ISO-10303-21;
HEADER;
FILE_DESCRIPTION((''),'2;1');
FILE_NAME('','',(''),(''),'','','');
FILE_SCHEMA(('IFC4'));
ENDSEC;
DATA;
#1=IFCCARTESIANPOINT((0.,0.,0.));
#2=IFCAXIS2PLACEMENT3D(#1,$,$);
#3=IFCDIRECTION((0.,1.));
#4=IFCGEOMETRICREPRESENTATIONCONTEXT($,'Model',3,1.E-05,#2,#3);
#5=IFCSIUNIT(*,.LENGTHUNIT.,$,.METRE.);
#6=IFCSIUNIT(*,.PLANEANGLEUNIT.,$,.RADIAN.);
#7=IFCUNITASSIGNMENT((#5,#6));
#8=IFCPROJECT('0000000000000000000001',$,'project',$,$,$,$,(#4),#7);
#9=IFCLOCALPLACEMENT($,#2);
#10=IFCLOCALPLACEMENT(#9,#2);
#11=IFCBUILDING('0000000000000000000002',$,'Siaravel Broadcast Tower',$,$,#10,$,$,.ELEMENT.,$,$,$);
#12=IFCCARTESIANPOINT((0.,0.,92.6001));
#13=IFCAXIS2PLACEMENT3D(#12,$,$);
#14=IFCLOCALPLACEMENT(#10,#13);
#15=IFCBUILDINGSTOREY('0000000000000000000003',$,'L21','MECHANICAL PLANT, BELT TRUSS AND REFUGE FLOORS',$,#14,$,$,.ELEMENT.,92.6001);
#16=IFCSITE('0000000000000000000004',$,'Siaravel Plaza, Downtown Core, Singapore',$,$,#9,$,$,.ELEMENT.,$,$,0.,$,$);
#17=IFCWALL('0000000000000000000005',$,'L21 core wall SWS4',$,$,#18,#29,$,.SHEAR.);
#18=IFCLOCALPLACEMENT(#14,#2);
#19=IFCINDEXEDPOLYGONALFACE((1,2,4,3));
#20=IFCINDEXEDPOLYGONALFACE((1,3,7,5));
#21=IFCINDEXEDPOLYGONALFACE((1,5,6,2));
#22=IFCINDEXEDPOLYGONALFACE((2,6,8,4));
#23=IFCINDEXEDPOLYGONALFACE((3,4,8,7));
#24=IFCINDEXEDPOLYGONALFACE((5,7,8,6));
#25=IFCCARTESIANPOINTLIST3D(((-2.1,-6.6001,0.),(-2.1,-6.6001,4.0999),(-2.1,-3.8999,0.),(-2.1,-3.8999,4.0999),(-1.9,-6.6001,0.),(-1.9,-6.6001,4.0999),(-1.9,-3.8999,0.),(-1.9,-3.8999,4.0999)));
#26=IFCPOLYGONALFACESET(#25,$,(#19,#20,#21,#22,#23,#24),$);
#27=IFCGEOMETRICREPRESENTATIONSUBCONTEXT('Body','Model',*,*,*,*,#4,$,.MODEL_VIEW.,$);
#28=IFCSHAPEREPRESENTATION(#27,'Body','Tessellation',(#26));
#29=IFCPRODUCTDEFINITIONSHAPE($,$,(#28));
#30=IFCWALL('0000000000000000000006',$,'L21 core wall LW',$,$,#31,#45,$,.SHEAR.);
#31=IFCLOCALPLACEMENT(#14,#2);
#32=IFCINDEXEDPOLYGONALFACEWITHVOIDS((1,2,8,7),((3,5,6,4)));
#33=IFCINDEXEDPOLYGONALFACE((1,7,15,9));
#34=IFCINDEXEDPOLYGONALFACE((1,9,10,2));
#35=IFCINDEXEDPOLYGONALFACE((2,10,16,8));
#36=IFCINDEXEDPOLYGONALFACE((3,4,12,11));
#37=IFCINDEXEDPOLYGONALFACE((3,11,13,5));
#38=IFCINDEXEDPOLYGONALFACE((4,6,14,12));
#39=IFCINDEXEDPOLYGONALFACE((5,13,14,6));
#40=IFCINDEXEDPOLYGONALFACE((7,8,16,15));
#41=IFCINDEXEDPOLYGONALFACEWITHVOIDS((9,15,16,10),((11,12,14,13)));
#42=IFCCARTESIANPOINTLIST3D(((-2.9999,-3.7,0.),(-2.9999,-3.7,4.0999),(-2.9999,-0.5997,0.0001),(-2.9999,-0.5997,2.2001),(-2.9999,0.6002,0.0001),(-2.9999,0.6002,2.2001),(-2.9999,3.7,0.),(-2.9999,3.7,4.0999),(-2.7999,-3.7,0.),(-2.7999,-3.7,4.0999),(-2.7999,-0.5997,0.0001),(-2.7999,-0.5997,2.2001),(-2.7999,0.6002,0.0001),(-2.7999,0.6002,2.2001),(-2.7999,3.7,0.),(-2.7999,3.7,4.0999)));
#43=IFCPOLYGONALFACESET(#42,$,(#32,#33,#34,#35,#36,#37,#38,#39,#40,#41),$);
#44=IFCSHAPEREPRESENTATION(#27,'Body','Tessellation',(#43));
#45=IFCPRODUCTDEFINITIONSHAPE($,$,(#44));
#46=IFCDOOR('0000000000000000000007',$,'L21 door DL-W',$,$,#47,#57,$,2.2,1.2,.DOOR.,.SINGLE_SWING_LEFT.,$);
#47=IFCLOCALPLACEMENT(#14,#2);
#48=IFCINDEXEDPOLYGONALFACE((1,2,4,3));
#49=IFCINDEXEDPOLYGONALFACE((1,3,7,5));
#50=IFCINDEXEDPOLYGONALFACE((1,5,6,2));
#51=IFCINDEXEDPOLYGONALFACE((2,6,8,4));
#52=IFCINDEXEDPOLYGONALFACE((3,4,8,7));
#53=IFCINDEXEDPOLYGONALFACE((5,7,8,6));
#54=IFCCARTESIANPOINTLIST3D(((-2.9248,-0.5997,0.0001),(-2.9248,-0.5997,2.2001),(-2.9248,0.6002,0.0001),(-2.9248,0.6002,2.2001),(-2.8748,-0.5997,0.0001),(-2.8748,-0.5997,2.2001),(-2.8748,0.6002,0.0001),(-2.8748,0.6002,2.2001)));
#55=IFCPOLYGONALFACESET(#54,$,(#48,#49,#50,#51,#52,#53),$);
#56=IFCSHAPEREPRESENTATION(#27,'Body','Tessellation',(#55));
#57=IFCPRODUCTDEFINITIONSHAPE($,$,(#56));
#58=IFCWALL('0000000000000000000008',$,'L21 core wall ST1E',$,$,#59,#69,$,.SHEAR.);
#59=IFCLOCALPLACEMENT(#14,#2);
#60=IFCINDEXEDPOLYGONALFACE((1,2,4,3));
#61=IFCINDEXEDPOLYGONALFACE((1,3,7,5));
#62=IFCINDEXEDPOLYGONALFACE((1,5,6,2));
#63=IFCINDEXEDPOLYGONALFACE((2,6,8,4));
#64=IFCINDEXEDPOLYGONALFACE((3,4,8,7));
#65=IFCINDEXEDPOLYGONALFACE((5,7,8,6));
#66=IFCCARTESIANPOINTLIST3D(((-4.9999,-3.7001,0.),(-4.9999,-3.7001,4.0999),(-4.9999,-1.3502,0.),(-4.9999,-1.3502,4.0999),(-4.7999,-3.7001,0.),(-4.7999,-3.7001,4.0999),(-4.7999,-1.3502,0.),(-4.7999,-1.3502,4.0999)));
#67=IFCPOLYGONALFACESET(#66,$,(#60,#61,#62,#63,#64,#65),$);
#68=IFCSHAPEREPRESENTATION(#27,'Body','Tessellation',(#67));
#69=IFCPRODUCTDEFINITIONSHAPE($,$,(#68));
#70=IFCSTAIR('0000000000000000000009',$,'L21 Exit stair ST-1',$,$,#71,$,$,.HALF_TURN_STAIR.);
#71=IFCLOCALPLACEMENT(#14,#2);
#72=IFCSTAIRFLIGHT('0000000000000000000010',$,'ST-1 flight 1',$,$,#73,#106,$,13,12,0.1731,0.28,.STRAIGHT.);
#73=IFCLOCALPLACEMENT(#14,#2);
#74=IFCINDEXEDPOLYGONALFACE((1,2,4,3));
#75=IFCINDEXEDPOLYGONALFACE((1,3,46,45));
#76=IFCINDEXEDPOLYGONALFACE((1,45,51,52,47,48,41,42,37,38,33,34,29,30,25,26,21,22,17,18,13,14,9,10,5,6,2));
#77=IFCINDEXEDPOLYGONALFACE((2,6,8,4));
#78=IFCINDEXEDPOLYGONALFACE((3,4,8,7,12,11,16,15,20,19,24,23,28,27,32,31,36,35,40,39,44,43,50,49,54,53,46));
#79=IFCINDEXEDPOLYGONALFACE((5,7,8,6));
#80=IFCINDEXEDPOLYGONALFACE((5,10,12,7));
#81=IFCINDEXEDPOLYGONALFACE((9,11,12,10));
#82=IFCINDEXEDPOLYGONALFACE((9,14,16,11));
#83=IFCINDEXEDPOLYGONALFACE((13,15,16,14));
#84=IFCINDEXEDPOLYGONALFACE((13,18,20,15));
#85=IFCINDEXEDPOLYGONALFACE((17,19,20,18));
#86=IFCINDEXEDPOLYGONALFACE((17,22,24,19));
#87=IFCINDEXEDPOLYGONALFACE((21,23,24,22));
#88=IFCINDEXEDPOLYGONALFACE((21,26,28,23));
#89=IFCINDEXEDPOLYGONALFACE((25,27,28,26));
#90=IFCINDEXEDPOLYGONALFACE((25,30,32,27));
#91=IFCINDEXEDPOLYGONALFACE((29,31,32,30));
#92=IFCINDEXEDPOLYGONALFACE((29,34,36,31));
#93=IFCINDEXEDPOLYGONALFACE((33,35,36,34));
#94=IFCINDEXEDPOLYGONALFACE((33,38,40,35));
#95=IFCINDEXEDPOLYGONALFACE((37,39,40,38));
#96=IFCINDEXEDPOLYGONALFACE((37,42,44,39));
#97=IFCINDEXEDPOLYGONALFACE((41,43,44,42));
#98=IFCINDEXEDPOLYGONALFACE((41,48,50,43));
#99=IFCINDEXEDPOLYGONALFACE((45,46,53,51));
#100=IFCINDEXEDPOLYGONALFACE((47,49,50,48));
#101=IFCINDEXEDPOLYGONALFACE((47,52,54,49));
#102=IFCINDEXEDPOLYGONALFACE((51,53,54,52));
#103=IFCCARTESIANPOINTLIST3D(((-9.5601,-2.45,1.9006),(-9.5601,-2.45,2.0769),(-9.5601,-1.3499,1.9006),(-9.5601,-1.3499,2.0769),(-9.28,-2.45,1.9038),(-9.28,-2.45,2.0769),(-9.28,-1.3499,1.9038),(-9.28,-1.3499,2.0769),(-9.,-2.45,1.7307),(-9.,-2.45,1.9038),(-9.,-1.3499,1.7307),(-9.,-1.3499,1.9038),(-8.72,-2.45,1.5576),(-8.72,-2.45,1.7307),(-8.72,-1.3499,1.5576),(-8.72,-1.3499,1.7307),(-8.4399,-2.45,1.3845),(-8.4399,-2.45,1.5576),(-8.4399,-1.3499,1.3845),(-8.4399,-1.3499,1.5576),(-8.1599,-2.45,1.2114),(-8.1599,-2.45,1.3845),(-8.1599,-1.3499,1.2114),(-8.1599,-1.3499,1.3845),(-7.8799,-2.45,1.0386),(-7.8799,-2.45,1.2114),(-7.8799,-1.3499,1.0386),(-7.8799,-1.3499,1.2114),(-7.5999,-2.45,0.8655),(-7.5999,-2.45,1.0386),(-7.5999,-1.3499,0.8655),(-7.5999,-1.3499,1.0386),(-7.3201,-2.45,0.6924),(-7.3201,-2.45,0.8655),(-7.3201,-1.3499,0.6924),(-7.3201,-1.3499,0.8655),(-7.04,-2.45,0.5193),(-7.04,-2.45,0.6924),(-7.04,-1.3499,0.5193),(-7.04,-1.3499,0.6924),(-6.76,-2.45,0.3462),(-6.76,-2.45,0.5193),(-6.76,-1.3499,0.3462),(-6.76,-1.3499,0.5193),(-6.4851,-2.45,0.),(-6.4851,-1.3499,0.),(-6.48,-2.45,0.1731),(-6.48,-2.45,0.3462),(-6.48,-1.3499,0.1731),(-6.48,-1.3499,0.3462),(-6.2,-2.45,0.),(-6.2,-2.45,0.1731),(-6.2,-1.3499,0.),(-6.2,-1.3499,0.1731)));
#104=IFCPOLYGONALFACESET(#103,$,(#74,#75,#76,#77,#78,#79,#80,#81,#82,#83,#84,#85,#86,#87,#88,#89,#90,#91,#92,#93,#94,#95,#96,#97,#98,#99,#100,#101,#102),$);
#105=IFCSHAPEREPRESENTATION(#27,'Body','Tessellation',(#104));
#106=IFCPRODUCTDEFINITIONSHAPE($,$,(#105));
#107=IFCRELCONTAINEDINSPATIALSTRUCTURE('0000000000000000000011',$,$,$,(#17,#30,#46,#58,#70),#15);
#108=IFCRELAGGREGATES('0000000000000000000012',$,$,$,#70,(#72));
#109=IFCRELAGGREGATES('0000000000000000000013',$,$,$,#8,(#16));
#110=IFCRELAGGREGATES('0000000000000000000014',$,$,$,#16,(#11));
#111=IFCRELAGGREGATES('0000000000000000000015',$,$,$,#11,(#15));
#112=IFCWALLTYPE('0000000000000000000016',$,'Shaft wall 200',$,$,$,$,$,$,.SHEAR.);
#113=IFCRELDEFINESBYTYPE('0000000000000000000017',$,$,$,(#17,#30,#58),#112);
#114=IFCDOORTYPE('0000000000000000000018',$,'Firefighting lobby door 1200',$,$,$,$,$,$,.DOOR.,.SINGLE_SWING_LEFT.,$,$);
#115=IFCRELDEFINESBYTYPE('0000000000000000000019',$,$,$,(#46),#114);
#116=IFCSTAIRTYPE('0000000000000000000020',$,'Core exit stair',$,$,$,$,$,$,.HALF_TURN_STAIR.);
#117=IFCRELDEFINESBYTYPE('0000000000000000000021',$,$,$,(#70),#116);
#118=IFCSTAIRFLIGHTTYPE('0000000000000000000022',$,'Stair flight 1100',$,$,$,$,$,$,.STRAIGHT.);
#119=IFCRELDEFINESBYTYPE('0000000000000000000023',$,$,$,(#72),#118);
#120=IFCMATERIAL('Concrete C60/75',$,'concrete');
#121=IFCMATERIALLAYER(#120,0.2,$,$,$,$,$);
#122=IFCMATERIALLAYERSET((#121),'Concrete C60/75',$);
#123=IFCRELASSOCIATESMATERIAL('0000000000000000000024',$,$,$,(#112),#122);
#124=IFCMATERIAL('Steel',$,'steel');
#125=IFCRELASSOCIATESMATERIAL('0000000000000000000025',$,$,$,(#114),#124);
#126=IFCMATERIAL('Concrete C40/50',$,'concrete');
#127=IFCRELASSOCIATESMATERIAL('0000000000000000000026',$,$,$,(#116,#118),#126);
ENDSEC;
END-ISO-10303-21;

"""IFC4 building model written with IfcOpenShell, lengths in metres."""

from ifc_helpers import new_model, si_unit, direction, frame, frame_2d, origin, place, context, subcontext, project, spatial, polyline, rectangle, outline, extrude, material, layer, layer_set, type_object, element, fill, aggregate, save


model = new_model("IFC4")

# Units and contexts
model_context = context("Model", 3, precision=1e-05, world=origin(), true_north=direction((0.0, 1.0)))
body_context = subcontext(model_context, "Body", "Model", "MODEL_VIEW")
ifc_project = project(units=[si_unit("LENGTHUNIT", "METRE"), si_unit("PLANEANGLEUNIT", "RADIAN")], contexts=[model_context])

# Site, building, storey
site_placement = place(None, origin())
site = spatial("IfcSite", under=ifc_project, at=site_placement, Name="Siaravel Plaza, Downtown Core, Singapore", CompositionType="ELEMENT", RefElevation=0.0)
building_placement = place(site_placement, origin())
building = spatial("IfcBuilding", under=site, at=building_placement, Name="Siaravel Broadcast Tower", CompositionType="ELEMENT")
storey_placement = place(building_placement, frame((0.0, 0.0, 92.6001)))
storey = spatial("IfcBuildingStorey", under=building, at=storey_placement, Name="L21", Description="MECHANICAL PLANT, BELT TRUSS AND REFUGE FLOORS", CompositionType="ELEMENT", Elevation=92.6001)

# Shared definitions
ifc_material_1 = material(Name="Steel", Category="steel")

# Shared definitions
ifc_material_2 = material(Name="Concrete C60/75", Category="concrete")

# Wall
ifc_layer_1 = layer(ifc_material_2, 0.2)
ifc_layer_set_1 = layer_set([ifc_layer_1], Name="Concrete C60/75")
wall_type_1 = type_object("IfcWallType", Name="Shaft wall 200", PredefinedType="SHEAR", material=ifc_layer_set_1)
for number, where, z_axis, x_axis, name in (
    (1, (-2.0, -6.6001, 0.0), (0.0, 0.0, 1.0), (0.0, 1.0, 0.0), "L21 core wall SWS4"),
):
    element("IfcWall", number, at=place(storey_placement, frame(where, z_axis=z_axis, x_axis=x_axis)), inside=storey, type_object=wall_type_1, Name=name, PredefinedType="SHEAR", context=body_context, shape_type="SweptSolid", body=[
        extrude(rectangle(XDim=2.7002, YDim=0.2, at=frame_2d((1.3501, 0.0))), origin(), (0.0, 0.0, 1.0), 4.0999),
    ])

# Wall, opening, door
wall_1_placement = place(storey_placement, frame((-2.8999, -3.7, 0.0), z_axis=(0.0, 0.0, 1.0), x_axis=(0.0, 1.0, 0.0)))
wall_1 = element("IfcWall", 2, at=wall_1_placement, inside=storey, type_object=wall_type_1, Name="L21 core wall LW", PredefinedType="SHEAR", context=body_context, shape_type="SweptSolid", body=[
    extrude(rectangle(XDim=7.3999, YDim=0.2, at=frame_2d((3.7, 0.0))), origin(), (0.0, 0.0, 1.0), 4.0999),
])
opening_1_placement = place(wall_1_placement, frame((3.1001, 0.0, 0.0)))
opening_1 = element("IfcOpeningElement", 3, at=opening_1_placement, cuts=wall_1, PredefinedType="OPENING", context=body_context, shape_type="SweptSolid", body=[
    extrude(rectangle(XDim=1.2, YDim=2.2, at=frame_2d((0.6001, 1.1001))), frame((0.0, 0.1099, 0.0), z_axis=(0.0, -1.0, 0.0), x_axis=(1.0, 0.0, 0.0)), (0.0, 0.0, 1.0), 0.22),
])
door_type_1 = type_object("IfcDoorType", Name="Firefighting lobby door 1200", OperationType="SINGLE_SWING_LEFT", PredefinedType="DOOR", material=ifc_material_1)
door_1_placement = place(opening_1_placement, origin())
door_1 = element("IfcDoor", 4, at=door_1_placement, inside=storey, type_object=door_type_1, Name="L21 door DL-W", OperationType="SINGLE_SWING_LEFT", OverallHeight=2.2, OverallWidth=1.2, PredefinedType="DOOR", context=body_context, shape_type="SweptSolid", body=[
    extrude(rectangle(XDim=1.2, YDim=2.2, at=frame_2d((0.6001, 1.1001))), frame((0.0, 0.0249, 0.0), z_axis=(0.0, -1.0, 0.0), x_axis=(1.0, 0.0, 0.0)), (0.0, 0.0, 1.0), 0.05),
])
fill(opening_1, door_1)

# Wall
wall_2_placement = place(storey_placement, frame((-4.8999, -3.7, 0.0), z_axis=(0.0, 0.0, 1.0), x_axis=(0.0, 1.0, 0.0)))
element("IfcWall", 5, at=wall_2_placement, inside=storey, type_object=wall_type_1, Name="L21 core wall ST1E", PredefinedType="SHEAR", context=body_context, shape_type="SweptSolid", body=[
    extrude(rectangle(XDim=2.3499, YDim=0.2, at=frame_2d((1.1748, 0.0))), origin(), (0.0, 0.0, 1.0), 4.0999),
])

# Stair, stair flight
ifc_material_3 = material(Name="Concrete C40/50", Category="concrete")
stair_type = type_object("IfcStairType", Name="Core exit stair", PredefinedType="HALF_TURN_STAIR", material=ifc_material_3)
stair_placement = place(storey_placement, origin())
stair = element("IfcStair", 6, at=stair_placement, inside=storey, type_object=stair_type, Name="L21 Exit stair ST-1", PredefinedType="HALF_TURN_STAIR")
stair_flight_type = type_object("IfcStairFlightType", Name="Stair flight 1100", PredefinedType="STRAIGHT", material=ifc_material_3)
stair_flight_placement = place(storey_placement, frame((-6.2, -1.8999, 0.0), z_axis=(0.0, 0.0, 1.0), x_axis=(-1.0, 0.0, 0.0)))
stair_flight = element("IfcStairFlight", 7, at=stair_flight_placement, type_object=stair_flight_type, Name="ST-1 flight 1", NumberOfRisers=13, NumberOfTreads=12, PredefinedType="STRAIGHT", RiserHeight=0.1731, TreadLength=0.28, context=body_context, shape_type="SweptSolid", body=[
    extrude(outline(polyline([(0.0, 0.0), (0.0, 0.1731), (0.28, 0.1731), (0.28, 0.3462), (0.5601, 0.3462), (0.5601, 0.5193), (0.8401, 0.5193), (0.8401, 0.6924), (1.1201, 0.6924), (1.1201, 0.8655), (1.3999, 0.8655), (1.3999, 1.0386), (1.6799, 1.0386), (1.6799, 1.2114), (1.96, 1.2114), (1.96, 1.3845), (2.24, 1.3845), (2.24, 1.5576), (2.52, 1.5576), (2.52, 1.7307), (2.8, 1.7307), (2.8, 1.9038), (3.0801, 1.9038), (3.0801, 2.0769), (3.3601, 2.0769), (3.3601, 2.25), (3.3601, 1.9006), (0.2852, 0.0), (0.0, 0.0)])), frame((0.0, 0.55, 0.0), z_axis=(0.0, -1.0, 0.0), x_axis=(1.0, 0.0, 0.0)), (0.0, 0.0, 1.0), 1.1001),
])
aggregate(stair, [stair_flight])

save(model, "model.ifc")
